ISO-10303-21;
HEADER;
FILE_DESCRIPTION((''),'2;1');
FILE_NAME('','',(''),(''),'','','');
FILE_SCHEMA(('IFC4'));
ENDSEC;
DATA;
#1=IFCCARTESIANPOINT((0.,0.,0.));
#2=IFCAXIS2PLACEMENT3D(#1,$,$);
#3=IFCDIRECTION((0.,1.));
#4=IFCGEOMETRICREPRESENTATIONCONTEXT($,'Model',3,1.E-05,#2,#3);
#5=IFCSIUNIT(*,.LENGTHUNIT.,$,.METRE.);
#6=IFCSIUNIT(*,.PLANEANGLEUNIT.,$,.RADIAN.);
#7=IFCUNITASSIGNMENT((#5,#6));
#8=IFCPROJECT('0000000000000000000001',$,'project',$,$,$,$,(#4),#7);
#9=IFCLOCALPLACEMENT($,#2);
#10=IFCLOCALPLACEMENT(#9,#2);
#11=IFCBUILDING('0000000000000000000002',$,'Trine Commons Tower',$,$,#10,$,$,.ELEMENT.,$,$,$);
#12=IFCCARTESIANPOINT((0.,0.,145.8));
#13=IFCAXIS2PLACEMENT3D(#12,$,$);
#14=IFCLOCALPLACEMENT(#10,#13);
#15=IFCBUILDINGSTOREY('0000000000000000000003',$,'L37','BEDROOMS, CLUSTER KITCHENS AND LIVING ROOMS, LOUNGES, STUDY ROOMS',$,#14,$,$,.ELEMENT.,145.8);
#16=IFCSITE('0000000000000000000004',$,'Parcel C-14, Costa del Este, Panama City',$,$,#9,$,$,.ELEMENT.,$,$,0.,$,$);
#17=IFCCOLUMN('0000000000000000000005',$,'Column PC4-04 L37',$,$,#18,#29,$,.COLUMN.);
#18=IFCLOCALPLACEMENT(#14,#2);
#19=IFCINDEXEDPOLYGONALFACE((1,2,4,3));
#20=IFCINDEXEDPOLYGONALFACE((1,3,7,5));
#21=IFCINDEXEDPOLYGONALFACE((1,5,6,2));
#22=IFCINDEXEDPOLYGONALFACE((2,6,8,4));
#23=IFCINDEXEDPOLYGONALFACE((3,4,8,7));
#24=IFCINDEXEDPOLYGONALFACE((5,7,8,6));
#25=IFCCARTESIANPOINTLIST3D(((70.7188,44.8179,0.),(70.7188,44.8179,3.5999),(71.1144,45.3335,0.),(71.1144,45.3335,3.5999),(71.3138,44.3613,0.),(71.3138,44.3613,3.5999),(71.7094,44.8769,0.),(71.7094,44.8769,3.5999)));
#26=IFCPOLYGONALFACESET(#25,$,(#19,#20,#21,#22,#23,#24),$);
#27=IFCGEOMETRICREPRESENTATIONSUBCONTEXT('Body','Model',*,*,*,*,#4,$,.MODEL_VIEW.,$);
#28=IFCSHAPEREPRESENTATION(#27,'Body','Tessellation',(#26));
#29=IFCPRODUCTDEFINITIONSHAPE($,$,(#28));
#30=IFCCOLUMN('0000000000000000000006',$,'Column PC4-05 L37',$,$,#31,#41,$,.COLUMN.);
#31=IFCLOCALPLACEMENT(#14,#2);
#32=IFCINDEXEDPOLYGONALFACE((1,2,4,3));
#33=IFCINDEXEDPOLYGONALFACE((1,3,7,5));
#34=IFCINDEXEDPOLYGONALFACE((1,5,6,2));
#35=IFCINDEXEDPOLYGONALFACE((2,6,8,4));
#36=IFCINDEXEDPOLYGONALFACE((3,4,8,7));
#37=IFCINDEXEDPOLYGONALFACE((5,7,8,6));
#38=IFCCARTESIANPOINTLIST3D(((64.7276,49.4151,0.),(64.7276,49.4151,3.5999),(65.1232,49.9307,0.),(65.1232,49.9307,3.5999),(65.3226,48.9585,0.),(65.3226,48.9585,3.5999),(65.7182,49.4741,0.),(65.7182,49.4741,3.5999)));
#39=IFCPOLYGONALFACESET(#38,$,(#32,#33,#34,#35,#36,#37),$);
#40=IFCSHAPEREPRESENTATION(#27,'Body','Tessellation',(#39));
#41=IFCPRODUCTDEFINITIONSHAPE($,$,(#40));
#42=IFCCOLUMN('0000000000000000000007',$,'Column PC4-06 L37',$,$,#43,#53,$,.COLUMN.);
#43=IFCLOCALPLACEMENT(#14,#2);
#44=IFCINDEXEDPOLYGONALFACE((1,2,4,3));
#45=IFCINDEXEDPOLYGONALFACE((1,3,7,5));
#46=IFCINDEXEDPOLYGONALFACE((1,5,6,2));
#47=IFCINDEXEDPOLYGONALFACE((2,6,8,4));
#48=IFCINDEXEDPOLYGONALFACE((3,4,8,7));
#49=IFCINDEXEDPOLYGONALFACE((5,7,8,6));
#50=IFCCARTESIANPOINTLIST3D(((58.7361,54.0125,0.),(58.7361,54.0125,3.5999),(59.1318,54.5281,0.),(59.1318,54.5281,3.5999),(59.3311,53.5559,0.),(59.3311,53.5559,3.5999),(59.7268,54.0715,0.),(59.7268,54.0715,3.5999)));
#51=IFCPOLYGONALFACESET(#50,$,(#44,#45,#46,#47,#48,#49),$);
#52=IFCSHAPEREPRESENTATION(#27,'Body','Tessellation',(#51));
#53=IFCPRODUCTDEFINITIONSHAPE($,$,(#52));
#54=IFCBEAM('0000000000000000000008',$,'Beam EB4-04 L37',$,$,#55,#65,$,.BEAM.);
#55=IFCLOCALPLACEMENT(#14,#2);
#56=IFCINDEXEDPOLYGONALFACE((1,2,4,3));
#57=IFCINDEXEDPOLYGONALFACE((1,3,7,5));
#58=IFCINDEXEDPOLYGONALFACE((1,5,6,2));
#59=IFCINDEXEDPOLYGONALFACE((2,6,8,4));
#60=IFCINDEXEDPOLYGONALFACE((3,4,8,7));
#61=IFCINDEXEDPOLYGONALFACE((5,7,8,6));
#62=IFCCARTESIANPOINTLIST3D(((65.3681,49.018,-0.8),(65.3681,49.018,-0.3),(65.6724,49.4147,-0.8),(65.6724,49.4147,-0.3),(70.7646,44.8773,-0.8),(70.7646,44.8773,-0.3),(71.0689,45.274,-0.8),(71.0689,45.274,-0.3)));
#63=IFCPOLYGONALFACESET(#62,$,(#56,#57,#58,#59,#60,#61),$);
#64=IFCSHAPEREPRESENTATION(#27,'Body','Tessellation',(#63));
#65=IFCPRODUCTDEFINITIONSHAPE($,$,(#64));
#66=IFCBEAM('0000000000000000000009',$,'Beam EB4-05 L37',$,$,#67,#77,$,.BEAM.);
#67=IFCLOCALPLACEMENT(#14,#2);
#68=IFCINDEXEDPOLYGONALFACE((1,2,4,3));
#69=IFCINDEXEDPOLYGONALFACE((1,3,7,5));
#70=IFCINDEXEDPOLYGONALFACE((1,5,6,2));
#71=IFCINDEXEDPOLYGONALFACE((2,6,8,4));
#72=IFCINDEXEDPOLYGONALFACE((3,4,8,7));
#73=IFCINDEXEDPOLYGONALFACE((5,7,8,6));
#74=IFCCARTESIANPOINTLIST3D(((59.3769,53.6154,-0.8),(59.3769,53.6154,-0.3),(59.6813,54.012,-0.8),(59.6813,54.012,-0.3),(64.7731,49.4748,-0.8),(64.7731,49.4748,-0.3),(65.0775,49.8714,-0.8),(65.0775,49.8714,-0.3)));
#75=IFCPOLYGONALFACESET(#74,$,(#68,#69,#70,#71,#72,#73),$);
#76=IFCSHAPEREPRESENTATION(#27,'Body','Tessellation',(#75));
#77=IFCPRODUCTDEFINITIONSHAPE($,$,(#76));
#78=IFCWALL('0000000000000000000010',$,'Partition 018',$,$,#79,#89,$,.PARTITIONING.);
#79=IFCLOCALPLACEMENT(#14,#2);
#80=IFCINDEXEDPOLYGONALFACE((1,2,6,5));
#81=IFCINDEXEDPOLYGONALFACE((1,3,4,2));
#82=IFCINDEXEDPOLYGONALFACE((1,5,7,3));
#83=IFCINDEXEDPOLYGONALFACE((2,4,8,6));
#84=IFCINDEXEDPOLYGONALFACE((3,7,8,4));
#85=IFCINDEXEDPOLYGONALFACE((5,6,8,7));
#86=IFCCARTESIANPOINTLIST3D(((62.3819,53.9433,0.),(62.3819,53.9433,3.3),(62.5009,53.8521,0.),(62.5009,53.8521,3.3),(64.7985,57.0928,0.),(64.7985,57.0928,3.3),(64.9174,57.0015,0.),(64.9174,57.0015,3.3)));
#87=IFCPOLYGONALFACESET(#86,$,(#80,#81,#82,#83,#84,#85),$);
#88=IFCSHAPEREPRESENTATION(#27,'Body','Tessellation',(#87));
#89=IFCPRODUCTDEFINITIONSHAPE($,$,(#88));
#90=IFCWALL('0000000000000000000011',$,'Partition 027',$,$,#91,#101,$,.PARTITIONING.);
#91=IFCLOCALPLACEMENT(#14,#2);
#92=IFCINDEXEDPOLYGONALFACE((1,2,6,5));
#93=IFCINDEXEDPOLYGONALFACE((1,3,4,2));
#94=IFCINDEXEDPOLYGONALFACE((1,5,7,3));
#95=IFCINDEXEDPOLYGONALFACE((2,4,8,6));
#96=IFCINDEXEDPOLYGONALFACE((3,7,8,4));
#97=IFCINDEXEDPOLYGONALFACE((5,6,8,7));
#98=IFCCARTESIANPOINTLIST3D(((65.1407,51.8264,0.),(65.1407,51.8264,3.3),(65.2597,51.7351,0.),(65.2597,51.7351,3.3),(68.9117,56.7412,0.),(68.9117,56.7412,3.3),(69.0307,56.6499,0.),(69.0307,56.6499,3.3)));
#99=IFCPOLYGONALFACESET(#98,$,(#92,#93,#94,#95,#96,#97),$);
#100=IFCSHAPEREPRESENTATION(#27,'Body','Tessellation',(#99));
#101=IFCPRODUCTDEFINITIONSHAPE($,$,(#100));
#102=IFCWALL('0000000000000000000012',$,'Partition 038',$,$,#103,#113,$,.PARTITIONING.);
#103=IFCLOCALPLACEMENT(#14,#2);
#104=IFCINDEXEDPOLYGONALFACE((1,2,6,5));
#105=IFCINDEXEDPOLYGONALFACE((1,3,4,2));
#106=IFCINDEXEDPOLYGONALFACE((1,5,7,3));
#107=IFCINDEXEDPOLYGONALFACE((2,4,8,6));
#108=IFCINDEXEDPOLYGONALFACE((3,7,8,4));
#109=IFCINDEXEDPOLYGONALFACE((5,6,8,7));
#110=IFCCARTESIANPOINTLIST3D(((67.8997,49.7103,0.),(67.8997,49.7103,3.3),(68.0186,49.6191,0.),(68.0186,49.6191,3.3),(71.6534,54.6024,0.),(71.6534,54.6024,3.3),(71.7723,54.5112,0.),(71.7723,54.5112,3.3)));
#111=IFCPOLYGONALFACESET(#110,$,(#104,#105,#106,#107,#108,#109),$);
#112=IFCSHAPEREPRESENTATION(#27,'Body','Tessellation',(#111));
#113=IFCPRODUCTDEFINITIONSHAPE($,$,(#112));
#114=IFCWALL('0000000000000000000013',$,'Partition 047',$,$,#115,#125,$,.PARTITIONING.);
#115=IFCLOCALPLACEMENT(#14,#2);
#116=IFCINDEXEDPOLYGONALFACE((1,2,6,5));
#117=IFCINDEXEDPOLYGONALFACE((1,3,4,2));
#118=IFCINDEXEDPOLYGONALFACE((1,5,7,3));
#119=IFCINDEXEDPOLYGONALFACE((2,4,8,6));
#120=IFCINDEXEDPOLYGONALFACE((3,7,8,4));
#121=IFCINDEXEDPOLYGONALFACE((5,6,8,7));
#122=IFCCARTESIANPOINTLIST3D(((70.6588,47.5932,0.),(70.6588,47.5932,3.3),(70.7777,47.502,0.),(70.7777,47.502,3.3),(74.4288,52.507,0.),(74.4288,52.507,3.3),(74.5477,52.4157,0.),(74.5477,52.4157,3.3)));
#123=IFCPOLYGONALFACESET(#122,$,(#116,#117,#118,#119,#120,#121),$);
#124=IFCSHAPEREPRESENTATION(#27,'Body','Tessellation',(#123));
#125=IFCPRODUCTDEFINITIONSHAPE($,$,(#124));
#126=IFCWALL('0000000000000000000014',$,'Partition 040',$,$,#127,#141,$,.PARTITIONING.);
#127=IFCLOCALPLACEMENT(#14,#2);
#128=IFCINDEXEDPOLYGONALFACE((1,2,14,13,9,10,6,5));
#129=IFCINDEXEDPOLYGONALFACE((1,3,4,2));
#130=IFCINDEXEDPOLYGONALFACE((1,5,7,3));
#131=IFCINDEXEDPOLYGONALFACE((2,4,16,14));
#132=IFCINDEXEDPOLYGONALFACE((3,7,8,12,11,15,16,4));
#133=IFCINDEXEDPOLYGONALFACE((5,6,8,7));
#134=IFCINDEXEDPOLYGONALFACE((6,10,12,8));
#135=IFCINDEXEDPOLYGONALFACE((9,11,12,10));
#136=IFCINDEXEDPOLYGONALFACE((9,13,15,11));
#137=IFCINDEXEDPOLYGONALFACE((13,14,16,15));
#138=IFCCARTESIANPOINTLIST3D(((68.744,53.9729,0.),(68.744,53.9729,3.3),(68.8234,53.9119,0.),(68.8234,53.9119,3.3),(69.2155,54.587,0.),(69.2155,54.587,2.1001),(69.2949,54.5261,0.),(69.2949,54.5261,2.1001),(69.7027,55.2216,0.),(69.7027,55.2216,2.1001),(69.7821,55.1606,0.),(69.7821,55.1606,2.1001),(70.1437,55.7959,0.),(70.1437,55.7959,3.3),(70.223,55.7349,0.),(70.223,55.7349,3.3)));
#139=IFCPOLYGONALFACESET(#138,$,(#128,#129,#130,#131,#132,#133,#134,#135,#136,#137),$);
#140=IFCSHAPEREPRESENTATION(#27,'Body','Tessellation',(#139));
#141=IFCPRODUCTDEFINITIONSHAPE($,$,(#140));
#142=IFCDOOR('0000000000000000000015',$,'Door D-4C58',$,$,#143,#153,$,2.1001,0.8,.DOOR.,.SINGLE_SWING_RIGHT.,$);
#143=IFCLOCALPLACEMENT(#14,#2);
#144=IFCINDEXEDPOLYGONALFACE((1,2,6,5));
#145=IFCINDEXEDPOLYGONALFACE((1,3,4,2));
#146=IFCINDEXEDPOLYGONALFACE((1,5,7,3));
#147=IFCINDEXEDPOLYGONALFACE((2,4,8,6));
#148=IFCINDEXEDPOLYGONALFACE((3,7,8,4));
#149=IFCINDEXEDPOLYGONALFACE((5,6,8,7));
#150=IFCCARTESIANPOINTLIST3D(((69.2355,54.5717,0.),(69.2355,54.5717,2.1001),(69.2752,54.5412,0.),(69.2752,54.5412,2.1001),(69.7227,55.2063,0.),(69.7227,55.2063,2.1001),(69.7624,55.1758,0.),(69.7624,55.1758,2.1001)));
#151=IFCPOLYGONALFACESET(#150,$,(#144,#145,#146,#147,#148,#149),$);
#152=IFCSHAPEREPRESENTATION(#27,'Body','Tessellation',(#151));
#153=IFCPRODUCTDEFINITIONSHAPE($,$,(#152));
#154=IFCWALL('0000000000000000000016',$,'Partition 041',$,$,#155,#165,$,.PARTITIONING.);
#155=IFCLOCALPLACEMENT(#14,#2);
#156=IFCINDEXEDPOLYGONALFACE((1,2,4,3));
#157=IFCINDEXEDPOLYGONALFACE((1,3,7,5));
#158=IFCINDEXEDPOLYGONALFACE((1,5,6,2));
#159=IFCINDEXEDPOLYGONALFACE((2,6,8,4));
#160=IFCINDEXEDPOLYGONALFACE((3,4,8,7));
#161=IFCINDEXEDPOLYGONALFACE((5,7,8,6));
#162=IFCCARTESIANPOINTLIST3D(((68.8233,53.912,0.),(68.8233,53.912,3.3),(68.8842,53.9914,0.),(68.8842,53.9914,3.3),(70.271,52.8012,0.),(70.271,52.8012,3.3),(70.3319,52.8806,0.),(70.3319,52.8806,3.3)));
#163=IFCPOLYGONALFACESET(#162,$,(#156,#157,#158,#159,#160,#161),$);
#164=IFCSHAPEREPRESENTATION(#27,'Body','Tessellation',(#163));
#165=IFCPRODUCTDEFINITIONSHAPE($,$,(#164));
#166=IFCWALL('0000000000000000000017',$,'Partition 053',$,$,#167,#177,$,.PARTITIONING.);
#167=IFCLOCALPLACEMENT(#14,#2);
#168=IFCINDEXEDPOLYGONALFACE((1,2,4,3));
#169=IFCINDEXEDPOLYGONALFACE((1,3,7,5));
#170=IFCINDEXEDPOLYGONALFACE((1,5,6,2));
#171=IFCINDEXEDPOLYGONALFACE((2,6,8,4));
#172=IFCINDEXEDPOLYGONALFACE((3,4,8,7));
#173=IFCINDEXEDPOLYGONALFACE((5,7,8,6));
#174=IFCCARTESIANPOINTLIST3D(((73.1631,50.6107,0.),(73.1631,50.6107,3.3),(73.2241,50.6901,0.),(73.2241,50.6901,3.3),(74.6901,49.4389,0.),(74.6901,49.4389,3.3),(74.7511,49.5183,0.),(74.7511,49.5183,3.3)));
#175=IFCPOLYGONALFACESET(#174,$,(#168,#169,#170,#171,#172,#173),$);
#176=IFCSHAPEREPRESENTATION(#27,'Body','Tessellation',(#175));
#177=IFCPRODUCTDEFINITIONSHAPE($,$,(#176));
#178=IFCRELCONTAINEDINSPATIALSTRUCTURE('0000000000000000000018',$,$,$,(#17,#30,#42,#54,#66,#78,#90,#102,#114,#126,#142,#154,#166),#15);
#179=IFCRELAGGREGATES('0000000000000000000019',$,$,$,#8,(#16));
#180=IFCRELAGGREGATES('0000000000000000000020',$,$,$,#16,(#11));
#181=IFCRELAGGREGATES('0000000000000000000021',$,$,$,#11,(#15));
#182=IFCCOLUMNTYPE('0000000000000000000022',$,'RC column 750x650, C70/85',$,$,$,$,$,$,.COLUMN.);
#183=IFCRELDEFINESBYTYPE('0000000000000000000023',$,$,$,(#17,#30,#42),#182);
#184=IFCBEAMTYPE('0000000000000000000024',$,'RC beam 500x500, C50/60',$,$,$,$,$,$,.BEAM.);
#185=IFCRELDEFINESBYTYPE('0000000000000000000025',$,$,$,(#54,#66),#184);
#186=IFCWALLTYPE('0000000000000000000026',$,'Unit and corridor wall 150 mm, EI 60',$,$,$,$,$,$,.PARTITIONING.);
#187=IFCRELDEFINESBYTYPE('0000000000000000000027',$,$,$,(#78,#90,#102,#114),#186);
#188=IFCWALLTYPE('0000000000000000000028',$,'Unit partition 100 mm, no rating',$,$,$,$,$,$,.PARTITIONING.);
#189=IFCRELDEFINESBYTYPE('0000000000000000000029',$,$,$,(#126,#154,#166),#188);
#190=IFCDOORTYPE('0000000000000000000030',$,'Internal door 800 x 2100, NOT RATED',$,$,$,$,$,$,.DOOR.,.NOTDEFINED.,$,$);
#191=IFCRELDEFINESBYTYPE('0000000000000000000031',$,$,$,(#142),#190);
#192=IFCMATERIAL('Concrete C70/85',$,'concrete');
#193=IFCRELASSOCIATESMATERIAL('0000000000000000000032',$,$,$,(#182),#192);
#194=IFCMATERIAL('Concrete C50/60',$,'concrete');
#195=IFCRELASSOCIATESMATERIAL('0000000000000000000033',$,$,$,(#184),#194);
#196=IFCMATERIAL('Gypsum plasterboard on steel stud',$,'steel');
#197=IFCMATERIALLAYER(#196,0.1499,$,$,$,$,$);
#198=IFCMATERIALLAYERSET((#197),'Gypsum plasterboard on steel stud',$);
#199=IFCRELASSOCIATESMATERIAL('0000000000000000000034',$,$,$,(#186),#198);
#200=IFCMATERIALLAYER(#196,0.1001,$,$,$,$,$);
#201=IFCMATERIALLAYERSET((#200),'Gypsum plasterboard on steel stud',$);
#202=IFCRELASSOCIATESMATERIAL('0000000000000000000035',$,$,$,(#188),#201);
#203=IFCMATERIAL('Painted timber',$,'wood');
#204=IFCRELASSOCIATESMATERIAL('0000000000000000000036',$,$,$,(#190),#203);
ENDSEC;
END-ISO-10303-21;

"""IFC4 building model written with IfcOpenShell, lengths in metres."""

from ifc_helpers import new_model, si_unit, direction, frame, frame_2d, origin, origin_2d, place, context, subcontext, project, spatial, rectangle, extrude, material, layer, layer_set, material_profile, profile_set, type_object, element, fill, save


model = new_model("IFC4")

# Units and contexts
model_context = context("Model", 3, precision=1e-05, world=origin(), true_north=direction((0.0, 1.0)))
body_context = subcontext(model_context, "Body", "Model", "MODEL_VIEW")
ifc_project = project(units=[si_unit("LENGTHUNIT", "METRE"), si_unit("PLANEANGLEUNIT", "RADIAN")], contexts=[model_context])

# Site, building, storey
site_placement = place(None, origin())
site = spatial("IfcSite", under=ifc_project, at=site_placement, Name="Parcel C-14, Costa del Este, Panama City", CompositionType="ELEMENT", RefElevation=0.0)
building_placement = place(site_placement, origin())
building = spatial("IfcBuilding", under=site, at=building_placement, Name="Trine Commons Tower", CompositionType="ELEMENT")
storey_placement = place(building_placement, frame((0.0, 0.0, 145.8)))
storey = spatial("IfcBuildingStorey", under=building, at=storey_placement, Name="L37", Description="BEDROOMS, CLUSTER KITCHENS AND LIVING ROOMS, LOUNGES, STUDY ROOMS", CompositionType="ELEMENT", Elevation=145.8)

# Columns
ifc_material_1 = material(Name="Concrete C70/85", Category="concrete")
ifc_material_profile_1 = material_profile(ifc_material_1, rectangle(XDim=0.75, YDim=0.6499, at=origin_2d()), Name="RC 750x650")
ifc_profile_set_1 = profile_set([ifc_material_profile_1], Name="Concrete C70/85")
column_type = type_object("IfcColumnType", Name="RC column 750x650, C70/85", PredefinedType="COLUMN", material=ifc_profile_set_1)
for number, where, z_axis, x_axis, name in (
    (1, (71.2141, 44.8474, 0.0), (0.0, 0.0, 1.0), (-0.793353, 0.608761, 0.0), "Column PC4-04 L37"),
    (2, (65.2229, 49.4446, 0.0), (0.0, 0.0, 1.0), (-0.793353, 0.608761, 0.0), "Column PC4-05 L37"),
    (3, (59.2314, 54.042, 0.0), (0.0, 0.0, 1.0), (-0.793353, 0.608761, 0.0), "Column PC4-06 L37"),
):
    element("IfcColumn", number, at=place(storey_placement, frame(where, z_axis=z_axis, x_axis=x_axis)), inside=storey, type_object=column_type, Name=name, PredefinedType="COLUMN", context=body_context, shape_type="SweptSolid", body=[
        extrude(rectangle(XDim=0.75, YDim=0.6499, at=origin_2d()), origin(), (0.0, 0.0, 1.0), 3.5999),
    ])

# Beams
ifc_material_2 = material(Name="Concrete C50/60", Category="concrete")
ifc_material_profile_2 = material_profile(ifc_material_2, rectangle(XDim=0.5, YDim=0.5, at=origin_2d()), Name="RC 500x500")
ifc_profile_set_2 = profile_set([ifc_material_profile_2], Name="Concrete C50/60")
beam_type = type_object("IfcBeamType", Name="RC beam 500x500, C50/60", PredefinedType="BEAM", material=ifc_profile_set_2)
beam_1_placement = place(storey_placement, frame((70.9167, 45.0757, -0.55), z_axis=(-0.793371, 0.608739, 0.0), x_axis=(-0.608739, -0.793371, 0.0)))
element("IfcBeam", 4, at=beam_1_placement, inside=storey, type_object=beam_type, Name="Beam EB4-04 L37", PredefinedType="BEAM", context=body_context, shape_type="SweptSolid", body=[
    extrude(rectangle(XDim=0.5, YDim=0.5, at=origin_2d()), origin(), (0.0, 0.0, 1.0), 6.802),
])
beam_2_placement = place(storey_placement, frame((64.9253, 49.6731, -0.55), z_axis=(-0.793357, 0.608756, 0.0), x_axis=(-0.608756, -0.793357, 0.0)))
element("IfcBeam", 5, at=beam_2_placement, inside=storey, type_object=beam_type, Name="Beam EB4-05 L37", PredefinedType="BEAM", context=body_context, shape_type="SweptSolid", body=[
    extrude(rectangle(XDim=0.5, YDim=0.5, at=origin_2d()), origin(), (0.0, 0.0, 1.0), 6.8018),
])

# Walls
ifc_material_3 = material(Name="Gypsum plasterboard on steel stud", Category="steel")
ifc_layer_1 = layer(ifc_material_3, 0.1499)
ifc_layer_set_1 = layer_set([ifc_layer_1], Name="Gypsum plasterboard on steel stud")
wall_type_1 = type_object("IfcWallType", Name="Unit and corridor wall 150 mm, EI 60", PredefinedType="PARTITIONING", material=ifc_layer_set_1)
wall_1_placement = place(storey_placement, frame((62.4414, 53.8977, 0.0), z_axis=(0.0, 0.0, 1.0), x_axis=(0.608741, 0.793369, 0.0)))
element("IfcWall", 6, at=wall_1_placement, inside=storey, type_object=wall_type_1, Name="Partition 018", PredefinedType="PARTITIONING", context=body_context, shape_type="SweptSolid", body=[
    extrude(rectangle(XDim=3.9697, YDim=0.1499, at=frame_2d((1.9849, 0.0))), origin(), (0.0, 0.0, 1.0), 3.3),
])
wall_2_placement = place(storey_placement, frame((65.2002, 51.7808, 0.0), z_axis=(0.0, 0.0, 1.0), x_axis=(0.608735, 0.793374, 0.0)))
element("IfcWall", 7, at=wall_2_placement, inside=storey, type_object=wall_type_1, Name="Partition 027", PredefinedType="PARTITIONING", context=body_context, shape_type="SweptSolid", body=[
    extrude(rectangle(XDim=6.1948, YDim=0.1499, at=frame_2d((3.0974, 0.0))), origin(), (0.0, 0.0, 1.0), 3.3),
])
wall_3_placement = place(storey_placement, frame((67.9592, 49.6648, 0.0), z_axis=(0.0, 0.0, 1.0), x_axis=(0.608744, 0.793367, 0.0)))
element("IfcWall", 8, at=wall_3_placement, inside=storey, type_object=wall_type_1, Name="Partition 038", PredefinedType="PARTITIONING", context=body_context, shape_type="SweptSolid", body=[
    extrude(rectangle(XDim=6.1663, YDim=0.1499, at=frame_2d((3.083, 0.0))), origin(), (0.0, 0.0, 1.0), 3.3),
])
wall_4_placement = place(storey_placement, frame((70.7183, 47.5476, 0.0), z_axis=(0.0, 0.0, 1.0), x_axis=(0.608712, 0.793391, 0.0)))
element("IfcWall", 9, at=wall_4_placement, inside=storey, type_object=wall_type_1, Name="Partition 047", PredefinedType="PARTITIONING", context=body_context, shape_type="SweptSolid", body=[
    extrude(rectangle(XDim=6.1934, YDim=0.1499, at=frame_2d((3.0967, 0.0))), origin(), (0.0, 0.0, 1.0), 3.3),
])

# Wall, opening, door
ifc_layer_2 = layer(ifc_material_3, 0.1001)
ifc_layer_set_2 = layer_set([ifc_layer_2], Name="Gypsum plasterboard on steel stud")
wall_type_2 = type_object("IfcWallType", Name="Unit partition 100 mm, no rating", PredefinedType="PARTITIONING", material=ifc_layer_set_2)
wall_5_placement = place(storey_placement, frame((68.7837, 53.9424, 0.0), z_axis=(0.0, 0.0, 1.0), x_axis=(0.608987, 0.79318, 0.0)))
wall_5 = element("IfcWall", 10, at=wall_5_placement, inside=storey, type_object=wall_type_2, Name="Partition 040", PredefinedType="PARTITIONING", context=body_context, shape_type="SweptSolid", body=[
    extrude(rectangle(XDim=2.2983, YDim=0.1001, at=frame_2d((1.1492, 0.0))), origin(), (0.0, 0.0, 1.0), 3.3),
])
opening_placement = place(wall_5_placement, frame((0.7744, 0.0, 0.0)))
opening = element("IfcOpeningElement", 11, at=opening_placement, cuts=wall_5, PredefinedType="OPENING", context=body_context, shape_type="SweptSolid", body=[
    extrude(rectangle(XDim=0.8, YDim=2.1001, at=frame_2d((0.3999, 1.05))), frame((0.0, 0.0601, 0.0), z_axis=(0.0, -1.0, 0.0), x_axis=(1.0, 0.0, 0.0)), (0.0, 0.0, 1.0), 0.1201),
])
ifc_material_4 = material(Name="Painted timber", Category="wood")
door_type = type_object("IfcDoorType", Name="Internal door 800 x 2100, NOT RATED", OperationType="NOTDEFINED", PredefinedType="DOOR", material=ifc_material_4)
door_placement = place(opening_placement, origin())
door = element("IfcDoor", 12, at=door_placement, inside=storey, type_object=door_type, Name="Door D-4C58", OperationType="SINGLE_SWING_RIGHT", OverallHeight=2.1001, OverallWidth=0.8, PredefinedType="DOOR", context=body_context, shape_type="SweptSolid", body=[
    extrude(rectangle(XDim=0.8, YDim=2.1001, at=frame_2d((0.3999, 1.05))), frame((0.0, 0.0249, 0.0), z_axis=(0.0, -1.0, 0.0), x_axis=(1.0, 0.0, 0.0)), (0.0, 0.0, 1.0), 0.05),
])
fill(opening, door)

# Walls
wall_6_placement = place(storey_placement, frame((68.8538, 53.9517, 0.0), z_axis=(0.0, 0.0, 1.0), x_axis=(0.793369, -0.60874, 0.0)))
element("IfcWall", 13, at=wall_6_placement, inside=storey, type_object=wall_type_2, Name="Partition 041", PredefinedType="PARTITIONING", context=body_context, shape_type="SweptSolid", body=[
    extrude(rectangle(XDim=1.8247, YDim=0.1001, at=frame_2d((0.9124, 0.0))), origin(), (0.0, 0.0, 1.0), 3.3),
])
wall_7_placement = place(storey_placement, frame((73.1936, 50.6504, 0.0), z_axis=(0.0, 0.0, 1.0), x_axis=(0.793331, -0.608791, 0.0)))
element("IfcWall", 14, at=wall_7_placement, inside=storey, type_object=wall_type_2, Name="Partition 053", PredefinedType="PARTITIONING", context=body_context, shape_type="SweptSolid", body=[
    extrude(rectangle(XDim=1.9248, YDim=0.1001, at=frame_2d((0.9624, 0.0))), origin(), (0.0, 0.0, 1.0), 3.3),
])

save(model, "model.ifc")
